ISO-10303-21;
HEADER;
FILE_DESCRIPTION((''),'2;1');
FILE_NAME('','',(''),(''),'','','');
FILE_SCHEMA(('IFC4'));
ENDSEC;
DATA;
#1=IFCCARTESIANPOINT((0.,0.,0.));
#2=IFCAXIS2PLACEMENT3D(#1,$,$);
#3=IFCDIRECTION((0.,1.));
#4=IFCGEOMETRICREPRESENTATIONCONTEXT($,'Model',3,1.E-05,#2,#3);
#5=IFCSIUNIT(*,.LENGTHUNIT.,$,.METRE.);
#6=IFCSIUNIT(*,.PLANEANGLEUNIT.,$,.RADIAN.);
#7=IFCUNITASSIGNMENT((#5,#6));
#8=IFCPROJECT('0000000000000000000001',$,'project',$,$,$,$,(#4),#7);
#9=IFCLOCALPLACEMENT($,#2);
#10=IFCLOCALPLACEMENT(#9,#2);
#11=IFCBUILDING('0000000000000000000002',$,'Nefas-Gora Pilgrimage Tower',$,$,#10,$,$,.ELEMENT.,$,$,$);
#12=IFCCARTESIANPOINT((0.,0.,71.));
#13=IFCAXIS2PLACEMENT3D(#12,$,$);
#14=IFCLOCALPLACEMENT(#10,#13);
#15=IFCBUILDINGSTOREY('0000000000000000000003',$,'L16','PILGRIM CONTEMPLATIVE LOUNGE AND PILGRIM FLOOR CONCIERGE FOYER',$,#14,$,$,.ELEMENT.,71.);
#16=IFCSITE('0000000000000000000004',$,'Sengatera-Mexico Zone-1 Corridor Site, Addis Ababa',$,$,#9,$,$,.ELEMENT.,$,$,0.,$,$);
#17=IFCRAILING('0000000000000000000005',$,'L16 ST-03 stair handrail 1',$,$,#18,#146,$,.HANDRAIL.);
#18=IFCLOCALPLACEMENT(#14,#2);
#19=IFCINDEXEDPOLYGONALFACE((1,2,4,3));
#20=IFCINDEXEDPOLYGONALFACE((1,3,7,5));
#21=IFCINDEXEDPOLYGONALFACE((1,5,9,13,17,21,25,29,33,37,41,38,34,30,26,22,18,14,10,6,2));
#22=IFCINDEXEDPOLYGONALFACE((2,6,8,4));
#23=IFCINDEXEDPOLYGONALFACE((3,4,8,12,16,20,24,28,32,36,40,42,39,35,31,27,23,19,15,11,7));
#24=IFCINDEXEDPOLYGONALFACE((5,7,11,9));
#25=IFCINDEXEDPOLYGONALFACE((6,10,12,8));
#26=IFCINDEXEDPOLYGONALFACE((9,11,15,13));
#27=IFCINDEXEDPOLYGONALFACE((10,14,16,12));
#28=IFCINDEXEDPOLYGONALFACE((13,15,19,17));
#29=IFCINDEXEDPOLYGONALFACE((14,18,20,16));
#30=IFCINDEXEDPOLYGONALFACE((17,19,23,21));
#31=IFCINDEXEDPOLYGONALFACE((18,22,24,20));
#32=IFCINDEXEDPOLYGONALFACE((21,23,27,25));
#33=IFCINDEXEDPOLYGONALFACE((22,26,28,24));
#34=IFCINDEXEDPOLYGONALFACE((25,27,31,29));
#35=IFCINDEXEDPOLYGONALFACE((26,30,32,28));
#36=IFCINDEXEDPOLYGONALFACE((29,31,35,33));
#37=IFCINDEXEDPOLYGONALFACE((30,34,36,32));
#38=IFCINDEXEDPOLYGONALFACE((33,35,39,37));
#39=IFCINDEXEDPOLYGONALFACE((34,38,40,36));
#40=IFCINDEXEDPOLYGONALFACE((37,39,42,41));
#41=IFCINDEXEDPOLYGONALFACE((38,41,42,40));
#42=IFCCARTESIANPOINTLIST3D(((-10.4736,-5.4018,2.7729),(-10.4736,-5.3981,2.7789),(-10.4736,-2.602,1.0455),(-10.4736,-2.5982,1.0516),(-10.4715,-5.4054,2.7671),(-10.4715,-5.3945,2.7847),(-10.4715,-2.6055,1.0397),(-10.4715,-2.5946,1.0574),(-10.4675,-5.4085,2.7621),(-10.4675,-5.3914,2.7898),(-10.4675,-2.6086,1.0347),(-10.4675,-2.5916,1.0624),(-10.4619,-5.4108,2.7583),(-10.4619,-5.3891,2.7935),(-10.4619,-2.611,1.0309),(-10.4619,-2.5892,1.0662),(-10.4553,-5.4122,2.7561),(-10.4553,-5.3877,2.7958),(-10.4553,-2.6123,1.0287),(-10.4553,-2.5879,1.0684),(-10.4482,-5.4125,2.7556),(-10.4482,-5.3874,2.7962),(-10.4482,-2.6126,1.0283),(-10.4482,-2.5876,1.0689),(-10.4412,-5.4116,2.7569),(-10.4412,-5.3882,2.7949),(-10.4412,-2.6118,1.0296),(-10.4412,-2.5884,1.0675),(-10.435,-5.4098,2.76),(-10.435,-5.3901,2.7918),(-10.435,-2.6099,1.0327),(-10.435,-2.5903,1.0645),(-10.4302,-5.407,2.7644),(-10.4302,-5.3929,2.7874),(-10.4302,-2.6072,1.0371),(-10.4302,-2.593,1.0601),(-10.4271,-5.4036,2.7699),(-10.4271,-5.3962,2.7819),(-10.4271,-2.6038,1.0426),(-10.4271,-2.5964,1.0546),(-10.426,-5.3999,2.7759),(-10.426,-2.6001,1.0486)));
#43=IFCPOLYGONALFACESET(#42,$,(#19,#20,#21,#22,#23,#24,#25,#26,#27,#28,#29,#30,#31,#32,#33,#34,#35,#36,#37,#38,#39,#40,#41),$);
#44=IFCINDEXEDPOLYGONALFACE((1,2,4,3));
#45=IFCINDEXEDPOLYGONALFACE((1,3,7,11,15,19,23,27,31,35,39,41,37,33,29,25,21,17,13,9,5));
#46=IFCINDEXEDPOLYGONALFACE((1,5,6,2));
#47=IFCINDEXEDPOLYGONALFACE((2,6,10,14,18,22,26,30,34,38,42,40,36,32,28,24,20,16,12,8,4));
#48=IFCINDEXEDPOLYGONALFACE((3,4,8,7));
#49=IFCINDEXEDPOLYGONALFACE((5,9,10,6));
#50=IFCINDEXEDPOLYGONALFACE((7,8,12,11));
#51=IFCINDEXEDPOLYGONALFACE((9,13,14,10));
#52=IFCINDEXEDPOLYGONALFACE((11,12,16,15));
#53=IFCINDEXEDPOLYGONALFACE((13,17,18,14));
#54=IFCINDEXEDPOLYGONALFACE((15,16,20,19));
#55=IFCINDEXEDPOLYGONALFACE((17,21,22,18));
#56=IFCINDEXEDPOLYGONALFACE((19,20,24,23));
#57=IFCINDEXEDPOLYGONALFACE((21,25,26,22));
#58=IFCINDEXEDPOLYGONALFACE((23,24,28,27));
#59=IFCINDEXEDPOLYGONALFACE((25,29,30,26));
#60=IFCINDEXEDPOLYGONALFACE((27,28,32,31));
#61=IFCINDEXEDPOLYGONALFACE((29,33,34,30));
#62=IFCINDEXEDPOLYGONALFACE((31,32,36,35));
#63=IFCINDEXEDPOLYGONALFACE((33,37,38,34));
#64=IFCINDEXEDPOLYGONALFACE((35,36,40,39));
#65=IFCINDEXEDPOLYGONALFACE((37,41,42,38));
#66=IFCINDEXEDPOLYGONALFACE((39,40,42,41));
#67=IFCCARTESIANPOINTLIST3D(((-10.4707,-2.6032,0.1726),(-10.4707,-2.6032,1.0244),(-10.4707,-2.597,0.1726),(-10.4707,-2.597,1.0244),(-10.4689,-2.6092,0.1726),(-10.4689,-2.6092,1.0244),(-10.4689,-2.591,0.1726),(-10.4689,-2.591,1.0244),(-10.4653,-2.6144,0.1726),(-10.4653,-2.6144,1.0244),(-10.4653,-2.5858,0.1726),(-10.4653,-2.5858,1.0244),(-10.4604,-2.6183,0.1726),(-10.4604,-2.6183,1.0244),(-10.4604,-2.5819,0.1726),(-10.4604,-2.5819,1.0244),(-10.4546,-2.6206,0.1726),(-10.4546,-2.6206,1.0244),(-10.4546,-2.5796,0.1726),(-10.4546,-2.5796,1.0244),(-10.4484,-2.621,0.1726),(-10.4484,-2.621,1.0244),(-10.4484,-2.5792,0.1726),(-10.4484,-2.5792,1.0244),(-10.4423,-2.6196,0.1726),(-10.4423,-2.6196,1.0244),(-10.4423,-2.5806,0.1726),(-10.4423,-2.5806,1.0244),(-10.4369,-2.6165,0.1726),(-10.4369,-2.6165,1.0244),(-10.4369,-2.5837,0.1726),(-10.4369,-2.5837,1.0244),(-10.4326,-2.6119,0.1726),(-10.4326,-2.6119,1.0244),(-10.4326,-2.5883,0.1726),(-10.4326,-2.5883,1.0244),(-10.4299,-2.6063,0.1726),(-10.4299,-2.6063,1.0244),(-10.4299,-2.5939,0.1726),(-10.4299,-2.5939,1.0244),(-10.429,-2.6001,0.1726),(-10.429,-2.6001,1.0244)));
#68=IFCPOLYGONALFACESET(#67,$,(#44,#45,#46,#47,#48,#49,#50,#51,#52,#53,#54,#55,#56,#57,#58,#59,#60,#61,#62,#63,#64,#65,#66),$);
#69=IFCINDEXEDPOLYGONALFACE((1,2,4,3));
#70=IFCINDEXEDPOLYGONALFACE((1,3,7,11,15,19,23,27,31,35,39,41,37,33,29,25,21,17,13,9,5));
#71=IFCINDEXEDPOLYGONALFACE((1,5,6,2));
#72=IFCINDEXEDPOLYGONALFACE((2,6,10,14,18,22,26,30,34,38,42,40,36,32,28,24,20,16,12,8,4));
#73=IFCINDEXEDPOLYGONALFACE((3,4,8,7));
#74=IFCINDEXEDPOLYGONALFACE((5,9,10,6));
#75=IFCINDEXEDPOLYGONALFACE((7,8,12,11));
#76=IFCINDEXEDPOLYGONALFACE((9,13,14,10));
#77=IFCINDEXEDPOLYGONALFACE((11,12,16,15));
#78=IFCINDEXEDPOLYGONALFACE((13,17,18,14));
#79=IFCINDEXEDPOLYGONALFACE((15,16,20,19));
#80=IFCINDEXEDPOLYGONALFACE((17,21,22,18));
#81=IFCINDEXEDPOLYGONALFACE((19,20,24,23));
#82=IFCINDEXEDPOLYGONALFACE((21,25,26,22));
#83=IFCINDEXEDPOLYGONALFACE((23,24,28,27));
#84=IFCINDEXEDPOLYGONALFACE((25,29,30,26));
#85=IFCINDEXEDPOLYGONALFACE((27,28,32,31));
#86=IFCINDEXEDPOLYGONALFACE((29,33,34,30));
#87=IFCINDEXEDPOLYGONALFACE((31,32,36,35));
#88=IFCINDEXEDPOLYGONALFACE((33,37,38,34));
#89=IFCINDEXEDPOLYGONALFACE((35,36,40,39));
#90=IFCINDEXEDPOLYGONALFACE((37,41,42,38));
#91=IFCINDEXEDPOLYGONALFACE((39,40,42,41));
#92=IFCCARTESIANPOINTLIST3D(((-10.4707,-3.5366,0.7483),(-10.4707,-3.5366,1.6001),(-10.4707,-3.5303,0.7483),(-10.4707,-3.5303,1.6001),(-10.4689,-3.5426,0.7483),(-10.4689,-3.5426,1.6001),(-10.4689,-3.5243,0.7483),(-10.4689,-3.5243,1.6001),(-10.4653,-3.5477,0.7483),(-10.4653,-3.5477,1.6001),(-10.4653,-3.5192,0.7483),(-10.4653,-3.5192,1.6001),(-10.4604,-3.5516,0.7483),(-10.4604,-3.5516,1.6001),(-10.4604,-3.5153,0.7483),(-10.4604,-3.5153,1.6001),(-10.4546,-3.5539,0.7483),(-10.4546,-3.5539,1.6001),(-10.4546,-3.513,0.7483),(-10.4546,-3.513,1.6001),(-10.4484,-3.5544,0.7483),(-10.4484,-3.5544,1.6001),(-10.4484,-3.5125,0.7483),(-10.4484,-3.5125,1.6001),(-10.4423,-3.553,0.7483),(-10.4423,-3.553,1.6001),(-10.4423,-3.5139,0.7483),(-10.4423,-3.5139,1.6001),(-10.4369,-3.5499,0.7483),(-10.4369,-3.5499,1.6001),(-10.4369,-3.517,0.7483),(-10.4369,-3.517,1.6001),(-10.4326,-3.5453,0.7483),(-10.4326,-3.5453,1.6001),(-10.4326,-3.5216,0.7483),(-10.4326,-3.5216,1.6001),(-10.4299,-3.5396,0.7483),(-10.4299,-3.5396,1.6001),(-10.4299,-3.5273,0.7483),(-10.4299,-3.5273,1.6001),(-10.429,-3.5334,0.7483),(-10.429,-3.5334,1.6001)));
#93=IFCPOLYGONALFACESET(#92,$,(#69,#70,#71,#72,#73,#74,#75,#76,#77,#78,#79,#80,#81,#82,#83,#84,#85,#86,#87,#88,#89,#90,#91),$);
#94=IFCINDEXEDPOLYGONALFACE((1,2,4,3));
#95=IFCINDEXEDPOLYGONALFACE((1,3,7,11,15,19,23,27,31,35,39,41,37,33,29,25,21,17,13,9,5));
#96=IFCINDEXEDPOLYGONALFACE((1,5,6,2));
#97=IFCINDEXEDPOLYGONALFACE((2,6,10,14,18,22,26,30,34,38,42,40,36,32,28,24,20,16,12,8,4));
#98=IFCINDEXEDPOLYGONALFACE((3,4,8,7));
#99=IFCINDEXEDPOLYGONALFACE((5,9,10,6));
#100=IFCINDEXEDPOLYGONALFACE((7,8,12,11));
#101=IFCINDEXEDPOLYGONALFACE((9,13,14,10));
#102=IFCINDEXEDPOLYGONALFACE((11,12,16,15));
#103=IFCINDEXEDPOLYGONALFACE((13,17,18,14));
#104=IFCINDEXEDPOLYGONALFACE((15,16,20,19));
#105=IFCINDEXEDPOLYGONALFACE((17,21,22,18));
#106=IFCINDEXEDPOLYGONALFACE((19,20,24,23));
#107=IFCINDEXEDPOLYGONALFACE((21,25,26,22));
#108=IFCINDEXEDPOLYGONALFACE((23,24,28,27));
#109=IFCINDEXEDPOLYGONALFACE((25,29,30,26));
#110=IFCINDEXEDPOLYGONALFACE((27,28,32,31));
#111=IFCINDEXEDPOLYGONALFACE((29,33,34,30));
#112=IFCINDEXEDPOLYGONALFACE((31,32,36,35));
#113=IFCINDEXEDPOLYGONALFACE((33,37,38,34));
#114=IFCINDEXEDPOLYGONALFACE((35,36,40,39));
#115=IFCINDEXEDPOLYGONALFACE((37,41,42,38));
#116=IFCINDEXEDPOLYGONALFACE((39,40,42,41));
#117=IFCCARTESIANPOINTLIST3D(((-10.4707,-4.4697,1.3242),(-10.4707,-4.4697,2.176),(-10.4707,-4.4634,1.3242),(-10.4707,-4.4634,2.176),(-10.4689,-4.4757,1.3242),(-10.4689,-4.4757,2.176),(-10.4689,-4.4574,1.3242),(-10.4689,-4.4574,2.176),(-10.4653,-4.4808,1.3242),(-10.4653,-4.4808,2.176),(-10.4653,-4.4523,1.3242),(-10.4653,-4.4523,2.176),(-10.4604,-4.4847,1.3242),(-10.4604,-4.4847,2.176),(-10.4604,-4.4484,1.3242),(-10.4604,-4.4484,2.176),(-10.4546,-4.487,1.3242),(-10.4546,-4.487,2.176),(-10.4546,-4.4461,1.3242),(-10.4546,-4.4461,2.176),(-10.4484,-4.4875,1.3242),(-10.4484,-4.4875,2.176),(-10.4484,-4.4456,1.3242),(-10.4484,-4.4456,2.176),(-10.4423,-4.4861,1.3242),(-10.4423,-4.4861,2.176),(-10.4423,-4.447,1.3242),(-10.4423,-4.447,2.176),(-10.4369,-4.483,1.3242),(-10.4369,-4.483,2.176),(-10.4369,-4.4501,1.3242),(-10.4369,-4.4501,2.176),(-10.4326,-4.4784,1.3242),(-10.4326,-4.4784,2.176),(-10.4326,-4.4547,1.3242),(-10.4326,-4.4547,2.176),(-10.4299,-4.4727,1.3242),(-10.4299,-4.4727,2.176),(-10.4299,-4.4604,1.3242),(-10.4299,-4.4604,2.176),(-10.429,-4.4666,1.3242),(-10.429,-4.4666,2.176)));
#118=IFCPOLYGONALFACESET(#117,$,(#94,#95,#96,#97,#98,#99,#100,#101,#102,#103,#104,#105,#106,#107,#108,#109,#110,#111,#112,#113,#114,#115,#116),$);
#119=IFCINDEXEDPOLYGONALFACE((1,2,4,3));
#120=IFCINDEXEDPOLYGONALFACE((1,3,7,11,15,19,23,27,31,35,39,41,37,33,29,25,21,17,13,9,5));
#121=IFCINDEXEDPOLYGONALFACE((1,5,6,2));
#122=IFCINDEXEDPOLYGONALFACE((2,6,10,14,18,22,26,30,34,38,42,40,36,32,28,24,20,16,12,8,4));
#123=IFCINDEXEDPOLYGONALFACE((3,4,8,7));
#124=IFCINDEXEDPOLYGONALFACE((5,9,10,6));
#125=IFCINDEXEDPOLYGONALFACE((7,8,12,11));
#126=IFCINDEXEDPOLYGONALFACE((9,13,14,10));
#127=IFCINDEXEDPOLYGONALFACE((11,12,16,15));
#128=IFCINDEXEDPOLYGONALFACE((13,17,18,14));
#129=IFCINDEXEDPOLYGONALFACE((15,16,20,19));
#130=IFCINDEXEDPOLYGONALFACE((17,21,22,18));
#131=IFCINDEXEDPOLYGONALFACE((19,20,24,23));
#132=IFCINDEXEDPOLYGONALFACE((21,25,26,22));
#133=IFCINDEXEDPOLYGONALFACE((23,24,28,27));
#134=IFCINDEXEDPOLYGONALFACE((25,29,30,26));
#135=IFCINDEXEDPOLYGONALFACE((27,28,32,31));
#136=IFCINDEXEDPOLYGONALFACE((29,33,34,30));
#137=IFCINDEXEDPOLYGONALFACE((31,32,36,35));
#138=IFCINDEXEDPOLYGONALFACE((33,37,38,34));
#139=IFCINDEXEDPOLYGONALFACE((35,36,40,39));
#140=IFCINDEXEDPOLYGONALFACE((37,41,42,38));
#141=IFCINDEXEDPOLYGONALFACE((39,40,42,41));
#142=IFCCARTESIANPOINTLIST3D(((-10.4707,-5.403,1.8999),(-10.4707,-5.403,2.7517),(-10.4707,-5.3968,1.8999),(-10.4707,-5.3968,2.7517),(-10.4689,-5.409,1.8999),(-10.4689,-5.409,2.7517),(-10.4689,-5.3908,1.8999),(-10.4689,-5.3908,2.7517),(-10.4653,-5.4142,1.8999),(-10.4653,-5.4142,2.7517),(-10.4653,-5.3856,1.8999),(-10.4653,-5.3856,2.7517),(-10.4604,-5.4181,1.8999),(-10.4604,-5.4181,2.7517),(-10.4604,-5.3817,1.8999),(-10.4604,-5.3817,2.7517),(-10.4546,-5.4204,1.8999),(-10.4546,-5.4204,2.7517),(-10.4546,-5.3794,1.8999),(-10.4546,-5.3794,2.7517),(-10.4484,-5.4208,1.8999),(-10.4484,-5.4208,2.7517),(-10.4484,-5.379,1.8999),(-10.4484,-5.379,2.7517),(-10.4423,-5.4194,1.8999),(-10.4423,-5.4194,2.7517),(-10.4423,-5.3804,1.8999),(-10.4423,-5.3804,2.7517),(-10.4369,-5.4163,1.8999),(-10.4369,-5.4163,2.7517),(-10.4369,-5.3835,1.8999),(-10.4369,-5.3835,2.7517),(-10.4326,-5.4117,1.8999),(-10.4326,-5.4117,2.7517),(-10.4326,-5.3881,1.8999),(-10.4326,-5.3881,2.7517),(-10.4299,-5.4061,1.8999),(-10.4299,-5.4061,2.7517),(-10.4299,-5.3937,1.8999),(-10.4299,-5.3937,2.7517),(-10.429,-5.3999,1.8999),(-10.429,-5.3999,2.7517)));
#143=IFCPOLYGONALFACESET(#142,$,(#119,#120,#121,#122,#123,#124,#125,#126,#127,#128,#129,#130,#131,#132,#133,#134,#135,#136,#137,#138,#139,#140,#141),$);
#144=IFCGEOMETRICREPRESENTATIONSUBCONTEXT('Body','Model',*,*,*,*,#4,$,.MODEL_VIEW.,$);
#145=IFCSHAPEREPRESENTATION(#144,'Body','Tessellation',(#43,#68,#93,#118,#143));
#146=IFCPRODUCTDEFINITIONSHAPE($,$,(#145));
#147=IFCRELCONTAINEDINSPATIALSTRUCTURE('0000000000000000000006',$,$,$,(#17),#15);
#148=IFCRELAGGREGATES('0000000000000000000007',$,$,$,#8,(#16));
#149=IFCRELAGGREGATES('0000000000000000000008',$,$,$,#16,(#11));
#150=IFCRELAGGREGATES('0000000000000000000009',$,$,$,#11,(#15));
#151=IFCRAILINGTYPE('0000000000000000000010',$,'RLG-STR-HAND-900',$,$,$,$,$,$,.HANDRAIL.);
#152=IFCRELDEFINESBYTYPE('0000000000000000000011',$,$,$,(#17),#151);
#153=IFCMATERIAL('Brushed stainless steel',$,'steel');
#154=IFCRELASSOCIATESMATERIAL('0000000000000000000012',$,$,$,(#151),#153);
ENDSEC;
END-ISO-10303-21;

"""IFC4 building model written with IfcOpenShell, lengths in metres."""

from ifc_helpers import new_model, si_unit, direction, frame, origin, origin_2d, place, context, subcontext, project, spatial, circle, extrude, material, type_object, element, save


model = new_model("IFC4")

# Units and contexts
model_context = context("Model", 3, precision=1e-05, world=origin(), true_north=direction((0.0, 1.0)))
body_context = subcontext(model_context, "Body", "Model", "MODEL_VIEW")
ifc_project = project(units=[si_unit("LENGTHUNIT", "METRE"), si_unit("PLANEANGLEUNIT", "RADIAN")], contexts=[model_context])

# Site, building, storey
site_placement = place(None, origin())
site = spatial("IfcSite", under=ifc_project, at=site_placement, Name="Sengatera-Mexico Zone-1 Corridor Site, Addis Ababa", CompositionType="ELEMENT", RefElevation=0.0)
building_placement = place(site_placement, origin())
building = spatial("IfcBuilding", under=site, at=building_placement, Name="Nefas-Gora Pilgrimage Tower", CompositionType="ELEMENT")
storey_placement = place(building_placement, frame((0.0, 0.0, 71.0)))
storey = spatial("IfcBuildingStorey", under=building, at=storey_placement, Name="L16", Description="PILGRIM CONTEMPLATIVE LOUNGE AND PILGRIM FLOOR CONCIERGE FOYER", CompositionType="ELEMENT", Elevation=71.0)

# Railing
ifc_material_1 = material(Name="Brushed stainless steel", Category="steel")
railing_type_1 = type_object("IfcRailingType", Name="RLG-STR-HAND-900", PredefinedType="HANDRAIL", material=ifc_material_1)
railing_1_placement = place(storey_placement, frame((-10.45, -2.6001, 0.1726)))
element("IfcRailing", 1, at=railing_1_placement, inside=storey, type_object=railing_type_1, Name="L16 ST-03 stair handrail 1", PredefinedType="HANDRAIL", context=body_context, shape_type="SweptSolid", body=[
    extrude(circle(Radius=0.0239, at=origin_2d()), frame((0.0, 0.0, 0.876), z_axis=(0.0, -0.851069, 0.525054), x_axis=(1.0, 0.0, 0.0)), (0.0, 0.0, 1.0), 3.2898),
    extrude(circle(Radius=0.021, at=origin_2d()), origin(), (0.0, 0.0, 1.0), 0.8518),
    extrude(circle(Radius=0.021, at=origin_2d()), frame((0.0, -0.9333, 0.5757)), (0.0, 0.0, 1.0), 0.8518),
    extrude(circle(Radius=0.021, at=origin_2d()), frame((0.0, -1.8665, 1.1516)), (0.0, 0.0, 1.0), 0.8518),
    extrude(circle(Radius=0.021, at=origin_2d()), frame((0.0, -2.7998, 1.7273)), (0.0, 0.0, 1.0), 0.8518),
])

save(model, "model.ifc")
